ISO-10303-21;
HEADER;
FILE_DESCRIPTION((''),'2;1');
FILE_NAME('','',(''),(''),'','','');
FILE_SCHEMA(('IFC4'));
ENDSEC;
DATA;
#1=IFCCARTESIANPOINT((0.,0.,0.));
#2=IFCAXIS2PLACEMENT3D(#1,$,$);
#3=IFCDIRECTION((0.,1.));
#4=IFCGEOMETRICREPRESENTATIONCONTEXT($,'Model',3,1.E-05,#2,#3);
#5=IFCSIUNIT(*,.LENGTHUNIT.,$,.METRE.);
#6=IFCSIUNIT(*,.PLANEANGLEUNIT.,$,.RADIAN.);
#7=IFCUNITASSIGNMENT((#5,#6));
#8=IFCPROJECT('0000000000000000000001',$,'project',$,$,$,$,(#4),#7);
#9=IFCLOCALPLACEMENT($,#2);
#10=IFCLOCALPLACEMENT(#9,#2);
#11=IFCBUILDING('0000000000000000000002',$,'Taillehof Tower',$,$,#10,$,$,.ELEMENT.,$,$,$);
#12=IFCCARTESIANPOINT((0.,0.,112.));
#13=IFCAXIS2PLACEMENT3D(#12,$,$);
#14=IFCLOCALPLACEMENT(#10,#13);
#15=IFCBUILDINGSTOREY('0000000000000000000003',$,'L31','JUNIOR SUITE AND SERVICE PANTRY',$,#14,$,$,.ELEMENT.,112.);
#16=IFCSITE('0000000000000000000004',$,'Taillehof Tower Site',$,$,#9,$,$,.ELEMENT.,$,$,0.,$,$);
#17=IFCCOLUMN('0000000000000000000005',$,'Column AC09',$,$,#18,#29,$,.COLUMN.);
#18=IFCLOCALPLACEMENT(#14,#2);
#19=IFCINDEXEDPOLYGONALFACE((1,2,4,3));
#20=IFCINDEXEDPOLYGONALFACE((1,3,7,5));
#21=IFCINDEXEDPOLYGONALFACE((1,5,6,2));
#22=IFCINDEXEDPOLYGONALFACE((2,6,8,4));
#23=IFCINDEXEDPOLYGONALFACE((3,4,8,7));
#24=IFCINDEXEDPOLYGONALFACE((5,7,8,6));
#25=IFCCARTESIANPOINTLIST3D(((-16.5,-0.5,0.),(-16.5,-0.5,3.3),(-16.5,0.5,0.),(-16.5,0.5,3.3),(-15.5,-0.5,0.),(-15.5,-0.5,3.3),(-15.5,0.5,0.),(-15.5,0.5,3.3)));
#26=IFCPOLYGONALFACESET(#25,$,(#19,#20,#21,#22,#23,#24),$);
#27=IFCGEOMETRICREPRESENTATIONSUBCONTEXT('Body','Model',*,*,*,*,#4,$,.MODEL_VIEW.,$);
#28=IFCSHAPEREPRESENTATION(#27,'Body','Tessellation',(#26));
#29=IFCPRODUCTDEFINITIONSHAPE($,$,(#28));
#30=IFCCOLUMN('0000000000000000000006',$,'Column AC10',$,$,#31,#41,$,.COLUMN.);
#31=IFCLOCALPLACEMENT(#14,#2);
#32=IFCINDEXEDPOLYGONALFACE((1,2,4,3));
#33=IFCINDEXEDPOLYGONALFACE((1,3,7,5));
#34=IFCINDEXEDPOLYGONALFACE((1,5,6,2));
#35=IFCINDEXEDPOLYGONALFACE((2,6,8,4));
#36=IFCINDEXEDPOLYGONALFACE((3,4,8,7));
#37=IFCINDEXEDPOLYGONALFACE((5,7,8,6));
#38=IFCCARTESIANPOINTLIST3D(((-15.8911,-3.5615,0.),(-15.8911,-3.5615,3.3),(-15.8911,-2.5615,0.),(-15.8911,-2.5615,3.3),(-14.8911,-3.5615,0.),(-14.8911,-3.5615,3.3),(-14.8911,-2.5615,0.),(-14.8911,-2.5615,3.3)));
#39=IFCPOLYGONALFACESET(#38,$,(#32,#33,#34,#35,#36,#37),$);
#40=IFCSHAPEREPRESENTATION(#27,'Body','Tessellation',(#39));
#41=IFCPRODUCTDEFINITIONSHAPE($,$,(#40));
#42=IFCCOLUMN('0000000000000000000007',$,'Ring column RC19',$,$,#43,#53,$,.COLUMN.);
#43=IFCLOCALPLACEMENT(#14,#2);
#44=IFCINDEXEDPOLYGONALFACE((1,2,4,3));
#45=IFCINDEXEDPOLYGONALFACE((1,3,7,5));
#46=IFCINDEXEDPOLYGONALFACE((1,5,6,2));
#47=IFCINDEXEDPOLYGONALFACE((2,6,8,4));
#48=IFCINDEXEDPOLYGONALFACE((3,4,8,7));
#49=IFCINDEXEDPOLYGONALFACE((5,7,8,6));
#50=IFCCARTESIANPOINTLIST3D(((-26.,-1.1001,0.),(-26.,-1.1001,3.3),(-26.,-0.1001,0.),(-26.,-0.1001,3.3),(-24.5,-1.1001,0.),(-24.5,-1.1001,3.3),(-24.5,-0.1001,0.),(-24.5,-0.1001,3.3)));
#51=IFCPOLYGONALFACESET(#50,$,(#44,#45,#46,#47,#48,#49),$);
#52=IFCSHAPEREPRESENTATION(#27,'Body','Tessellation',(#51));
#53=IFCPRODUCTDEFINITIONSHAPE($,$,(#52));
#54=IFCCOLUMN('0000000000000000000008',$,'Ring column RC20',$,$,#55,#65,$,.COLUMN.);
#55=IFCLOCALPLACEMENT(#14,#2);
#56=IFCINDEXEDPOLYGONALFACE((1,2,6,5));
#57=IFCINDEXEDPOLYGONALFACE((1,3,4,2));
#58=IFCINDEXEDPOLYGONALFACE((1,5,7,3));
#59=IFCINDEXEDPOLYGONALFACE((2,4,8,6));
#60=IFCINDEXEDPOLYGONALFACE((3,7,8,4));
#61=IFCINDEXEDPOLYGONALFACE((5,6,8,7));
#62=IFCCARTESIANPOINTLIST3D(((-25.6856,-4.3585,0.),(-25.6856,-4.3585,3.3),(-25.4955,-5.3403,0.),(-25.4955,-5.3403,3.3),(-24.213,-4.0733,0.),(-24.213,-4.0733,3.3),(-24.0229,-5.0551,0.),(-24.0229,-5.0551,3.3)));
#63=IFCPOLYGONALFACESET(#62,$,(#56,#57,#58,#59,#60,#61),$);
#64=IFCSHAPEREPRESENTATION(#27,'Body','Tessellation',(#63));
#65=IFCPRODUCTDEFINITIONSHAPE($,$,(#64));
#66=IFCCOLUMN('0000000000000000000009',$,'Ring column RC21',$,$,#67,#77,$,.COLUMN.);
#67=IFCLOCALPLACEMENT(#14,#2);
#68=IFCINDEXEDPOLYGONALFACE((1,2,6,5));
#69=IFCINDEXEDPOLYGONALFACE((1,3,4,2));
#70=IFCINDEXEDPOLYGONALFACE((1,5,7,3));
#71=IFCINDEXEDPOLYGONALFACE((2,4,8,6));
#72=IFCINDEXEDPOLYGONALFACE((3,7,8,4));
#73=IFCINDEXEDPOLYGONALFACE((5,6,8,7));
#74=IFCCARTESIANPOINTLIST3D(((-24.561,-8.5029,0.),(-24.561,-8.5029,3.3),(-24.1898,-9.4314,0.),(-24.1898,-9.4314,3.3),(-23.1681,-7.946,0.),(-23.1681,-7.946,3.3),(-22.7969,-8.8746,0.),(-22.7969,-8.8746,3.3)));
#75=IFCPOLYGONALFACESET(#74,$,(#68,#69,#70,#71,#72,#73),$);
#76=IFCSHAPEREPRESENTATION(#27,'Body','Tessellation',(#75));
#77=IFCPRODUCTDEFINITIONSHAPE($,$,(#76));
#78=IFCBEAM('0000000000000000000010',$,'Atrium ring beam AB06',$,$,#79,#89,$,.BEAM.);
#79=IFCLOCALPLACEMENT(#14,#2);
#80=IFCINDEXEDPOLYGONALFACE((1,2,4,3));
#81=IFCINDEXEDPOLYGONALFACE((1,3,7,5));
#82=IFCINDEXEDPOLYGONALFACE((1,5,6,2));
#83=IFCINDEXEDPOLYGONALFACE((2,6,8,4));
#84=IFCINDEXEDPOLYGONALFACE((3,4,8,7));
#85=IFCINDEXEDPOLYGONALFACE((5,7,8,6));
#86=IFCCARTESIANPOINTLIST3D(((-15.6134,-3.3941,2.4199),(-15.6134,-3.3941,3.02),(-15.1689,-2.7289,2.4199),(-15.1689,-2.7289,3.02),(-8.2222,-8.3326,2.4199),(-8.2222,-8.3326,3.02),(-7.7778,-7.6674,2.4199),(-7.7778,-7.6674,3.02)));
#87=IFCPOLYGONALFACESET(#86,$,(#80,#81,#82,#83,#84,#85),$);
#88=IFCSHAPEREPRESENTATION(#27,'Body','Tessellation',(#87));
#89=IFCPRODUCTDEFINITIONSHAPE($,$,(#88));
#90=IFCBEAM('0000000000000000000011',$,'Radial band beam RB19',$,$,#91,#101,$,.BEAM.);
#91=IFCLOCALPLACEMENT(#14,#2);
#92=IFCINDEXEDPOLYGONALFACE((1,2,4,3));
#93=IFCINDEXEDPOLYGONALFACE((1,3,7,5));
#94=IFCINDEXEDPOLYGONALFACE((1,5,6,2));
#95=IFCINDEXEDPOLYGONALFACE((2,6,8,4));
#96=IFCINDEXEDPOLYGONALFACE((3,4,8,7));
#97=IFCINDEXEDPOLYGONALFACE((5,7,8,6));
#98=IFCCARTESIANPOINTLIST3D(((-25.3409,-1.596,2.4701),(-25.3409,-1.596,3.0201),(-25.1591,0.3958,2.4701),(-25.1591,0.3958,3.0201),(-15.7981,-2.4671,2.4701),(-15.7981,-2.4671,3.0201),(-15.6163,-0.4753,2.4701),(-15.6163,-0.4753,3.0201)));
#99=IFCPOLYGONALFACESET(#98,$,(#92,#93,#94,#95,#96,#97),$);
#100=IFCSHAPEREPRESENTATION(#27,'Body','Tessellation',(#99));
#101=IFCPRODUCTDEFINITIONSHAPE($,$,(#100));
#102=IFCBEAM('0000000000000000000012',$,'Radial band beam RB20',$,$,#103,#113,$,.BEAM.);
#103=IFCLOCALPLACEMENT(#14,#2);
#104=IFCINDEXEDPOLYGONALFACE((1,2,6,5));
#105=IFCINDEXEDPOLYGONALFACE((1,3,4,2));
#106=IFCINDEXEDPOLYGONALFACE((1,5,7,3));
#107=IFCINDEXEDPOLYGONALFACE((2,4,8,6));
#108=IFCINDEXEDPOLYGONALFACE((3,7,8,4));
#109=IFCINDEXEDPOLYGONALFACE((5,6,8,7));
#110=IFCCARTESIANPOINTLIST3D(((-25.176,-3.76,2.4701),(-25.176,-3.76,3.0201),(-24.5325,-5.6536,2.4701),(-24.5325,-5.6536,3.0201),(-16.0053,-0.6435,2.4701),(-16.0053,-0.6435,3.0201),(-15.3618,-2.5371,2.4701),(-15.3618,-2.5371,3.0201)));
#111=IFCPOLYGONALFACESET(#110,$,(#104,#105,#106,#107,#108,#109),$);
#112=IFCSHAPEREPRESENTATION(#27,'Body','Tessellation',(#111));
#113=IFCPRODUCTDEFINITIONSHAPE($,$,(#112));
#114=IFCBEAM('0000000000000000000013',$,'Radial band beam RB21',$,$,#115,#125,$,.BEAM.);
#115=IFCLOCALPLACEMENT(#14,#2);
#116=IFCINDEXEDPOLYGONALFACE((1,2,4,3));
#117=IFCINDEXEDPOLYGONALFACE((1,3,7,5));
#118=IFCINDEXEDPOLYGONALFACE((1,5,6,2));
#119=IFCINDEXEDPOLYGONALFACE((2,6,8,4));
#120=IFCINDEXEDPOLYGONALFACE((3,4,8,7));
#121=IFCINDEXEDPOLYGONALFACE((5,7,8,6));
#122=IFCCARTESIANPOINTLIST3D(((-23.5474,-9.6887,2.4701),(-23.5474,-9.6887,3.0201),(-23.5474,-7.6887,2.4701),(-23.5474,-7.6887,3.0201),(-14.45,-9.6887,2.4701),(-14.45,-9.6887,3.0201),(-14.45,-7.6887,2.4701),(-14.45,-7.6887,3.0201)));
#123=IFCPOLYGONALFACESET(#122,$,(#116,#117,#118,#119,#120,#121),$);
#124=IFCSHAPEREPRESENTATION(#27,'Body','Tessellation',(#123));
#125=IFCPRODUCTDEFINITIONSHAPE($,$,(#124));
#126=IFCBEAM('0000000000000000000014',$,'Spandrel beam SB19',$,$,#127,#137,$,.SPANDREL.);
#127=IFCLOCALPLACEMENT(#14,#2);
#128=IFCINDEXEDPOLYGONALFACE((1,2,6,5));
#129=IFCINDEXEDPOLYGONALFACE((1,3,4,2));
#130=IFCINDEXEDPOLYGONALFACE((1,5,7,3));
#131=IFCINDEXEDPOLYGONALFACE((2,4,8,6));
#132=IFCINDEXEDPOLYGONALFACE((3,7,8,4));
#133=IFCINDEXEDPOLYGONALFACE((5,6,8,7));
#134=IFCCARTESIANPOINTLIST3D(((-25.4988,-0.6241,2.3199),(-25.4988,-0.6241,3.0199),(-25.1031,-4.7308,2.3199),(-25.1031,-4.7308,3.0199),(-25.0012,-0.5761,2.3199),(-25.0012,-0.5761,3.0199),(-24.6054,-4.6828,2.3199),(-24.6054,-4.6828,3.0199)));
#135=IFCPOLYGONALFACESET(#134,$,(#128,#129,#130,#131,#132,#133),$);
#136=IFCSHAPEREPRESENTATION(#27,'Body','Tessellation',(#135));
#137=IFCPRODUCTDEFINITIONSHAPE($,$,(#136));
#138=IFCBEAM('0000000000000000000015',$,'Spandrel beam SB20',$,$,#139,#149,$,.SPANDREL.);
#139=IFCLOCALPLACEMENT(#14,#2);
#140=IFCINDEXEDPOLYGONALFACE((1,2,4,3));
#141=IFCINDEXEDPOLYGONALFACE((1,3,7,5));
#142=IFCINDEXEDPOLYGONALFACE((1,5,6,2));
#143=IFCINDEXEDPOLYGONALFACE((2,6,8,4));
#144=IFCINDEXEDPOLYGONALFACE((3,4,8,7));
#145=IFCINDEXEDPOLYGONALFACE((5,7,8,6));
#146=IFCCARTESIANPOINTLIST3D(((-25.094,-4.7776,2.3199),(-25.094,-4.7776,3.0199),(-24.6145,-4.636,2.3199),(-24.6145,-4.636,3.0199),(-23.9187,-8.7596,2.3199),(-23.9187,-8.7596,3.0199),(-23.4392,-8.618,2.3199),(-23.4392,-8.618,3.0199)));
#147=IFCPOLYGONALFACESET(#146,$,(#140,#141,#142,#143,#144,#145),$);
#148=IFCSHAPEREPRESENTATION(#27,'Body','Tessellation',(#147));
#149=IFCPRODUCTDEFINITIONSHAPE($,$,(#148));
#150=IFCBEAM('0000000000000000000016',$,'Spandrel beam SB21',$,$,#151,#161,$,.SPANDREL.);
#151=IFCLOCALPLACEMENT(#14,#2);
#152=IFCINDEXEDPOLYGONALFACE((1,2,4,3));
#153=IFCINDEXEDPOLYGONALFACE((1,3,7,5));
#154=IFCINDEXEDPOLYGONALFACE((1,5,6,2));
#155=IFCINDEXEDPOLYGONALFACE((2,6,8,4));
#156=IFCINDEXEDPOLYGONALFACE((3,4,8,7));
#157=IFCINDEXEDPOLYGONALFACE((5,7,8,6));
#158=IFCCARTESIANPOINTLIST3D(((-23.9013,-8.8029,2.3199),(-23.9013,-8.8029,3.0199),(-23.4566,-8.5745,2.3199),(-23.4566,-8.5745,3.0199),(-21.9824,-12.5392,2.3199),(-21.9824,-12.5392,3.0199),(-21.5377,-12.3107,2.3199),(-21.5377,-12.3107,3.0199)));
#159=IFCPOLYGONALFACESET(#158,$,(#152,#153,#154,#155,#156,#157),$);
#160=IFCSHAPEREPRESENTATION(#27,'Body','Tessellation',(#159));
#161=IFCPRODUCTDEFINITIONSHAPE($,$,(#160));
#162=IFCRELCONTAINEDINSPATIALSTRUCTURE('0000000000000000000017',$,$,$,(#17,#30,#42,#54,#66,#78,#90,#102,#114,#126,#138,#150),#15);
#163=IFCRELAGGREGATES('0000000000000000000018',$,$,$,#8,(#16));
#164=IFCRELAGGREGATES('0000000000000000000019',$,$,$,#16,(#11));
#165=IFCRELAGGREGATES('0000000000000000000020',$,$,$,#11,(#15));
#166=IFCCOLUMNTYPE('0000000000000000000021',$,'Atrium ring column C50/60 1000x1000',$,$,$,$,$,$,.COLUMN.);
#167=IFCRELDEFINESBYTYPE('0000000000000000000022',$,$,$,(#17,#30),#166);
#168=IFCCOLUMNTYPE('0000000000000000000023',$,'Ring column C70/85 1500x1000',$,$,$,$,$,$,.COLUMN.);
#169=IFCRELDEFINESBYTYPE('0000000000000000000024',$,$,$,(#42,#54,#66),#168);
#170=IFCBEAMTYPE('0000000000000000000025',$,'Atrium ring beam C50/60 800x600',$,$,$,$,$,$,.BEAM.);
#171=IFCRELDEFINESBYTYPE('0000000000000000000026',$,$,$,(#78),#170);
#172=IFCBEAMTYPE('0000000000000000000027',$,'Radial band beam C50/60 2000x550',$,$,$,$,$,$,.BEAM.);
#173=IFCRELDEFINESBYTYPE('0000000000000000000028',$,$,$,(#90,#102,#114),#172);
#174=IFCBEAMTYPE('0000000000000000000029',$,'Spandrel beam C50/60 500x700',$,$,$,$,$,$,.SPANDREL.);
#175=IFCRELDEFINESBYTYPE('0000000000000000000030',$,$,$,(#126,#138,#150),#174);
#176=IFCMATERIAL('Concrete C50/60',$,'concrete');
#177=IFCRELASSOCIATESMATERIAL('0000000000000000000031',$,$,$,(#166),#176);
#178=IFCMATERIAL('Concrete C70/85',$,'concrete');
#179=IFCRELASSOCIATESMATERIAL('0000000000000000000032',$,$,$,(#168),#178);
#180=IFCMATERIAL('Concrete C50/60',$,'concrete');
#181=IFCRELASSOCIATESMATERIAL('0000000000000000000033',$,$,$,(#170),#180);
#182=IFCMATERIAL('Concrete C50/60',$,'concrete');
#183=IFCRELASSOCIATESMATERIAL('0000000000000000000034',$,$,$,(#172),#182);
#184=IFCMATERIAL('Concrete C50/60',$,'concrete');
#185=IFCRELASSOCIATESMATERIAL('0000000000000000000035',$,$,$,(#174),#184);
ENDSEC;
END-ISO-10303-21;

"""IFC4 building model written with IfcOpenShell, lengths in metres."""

from ifc_helpers import new_model, si_unit, direction, frame, origin, origin_2d, place, context, subcontext, project, spatial, rectangle, extrude, material, material_profile, profile_set, type_object, element, save


model = new_model("IFC4")

# Units and contexts
model_context = context("Model", 3, precision=1e-05, world=origin(), true_north=direction((0.0, 1.0)))
body_context = subcontext(model_context, "Body", "Model", "MODEL_VIEW")
ifc_project = project(units=[si_unit("LENGTHUNIT", "METRE"), si_unit("PLANEANGLEUNIT", "RADIAN")], contexts=[model_context])

# Site, building, storey
site_placement = place(None, origin())
site = spatial("IfcSite", under=ifc_project, at=site_placement, Name="Taillehof Tower Site", CompositionType="ELEMENT", RefElevation=0.0)
building_placement = place(site_placement, origin())
building = spatial("IfcBuilding", under=site, at=building_placement, Name="Taillehof Tower", CompositionType="ELEMENT")
storey_placement = place(building_placement, frame((0.0, 0.0, 112.0)))
storey = spatial("IfcBuildingStorey", under=building, at=storey_placement, Name="L31", Description="JUNIOR SUITE AND SERVICE PANTRY", CompositionType="ELEMENT", Elevation=112.0)

# Columns
ifc_material_1 = material(Name="Concrete C50/60", Category="concrete")
ifc_material_profile_1 = material_profile(ifc_material_1, rectangle(XDim=1.0, YDim=1.0, at=origin_2d()), Name="RC 1000x1000")
ifc_profile_set_1 = profile_set([ifc_material_profile_1], Name="Concrete C50/60")
column_type_1 = type_object("IfcColumnType", Name="Atrium ring column C50/60 1000x1000", PredefinedType="COLUMN", material=ifc_profile_set_1)
for number, where, z_axis, x_axis, name in (
    (1, (-16.0, 0.0, 0.0), (0.0, 0.0, 1.0), (1.0, 0.0, 0.0), "Column AC09"),
    (2, (-15.3911, -3.0615, 0.0), (0.0, 0.0, 1.0), (1.0, 0.0, 0.0), "Column AC10"),
):
    element("IfcColumn", number, at=place(storey_placement, frame(where, z_axis=z_axis, x_axis=x_axis)), inside=storey, type_object=column_type_1, Name=name, PredefinedType="COLUMN", context=body_context, shape_type="SweptSolid", body=[
        extrude(rectangle(XDim=1.0, YDim=1.0, at=origin_2d()), origin(), (0.0, 0.0, 1.0), 3.3),
    ])
ifc_material_2 = material(Name="Concrete C70/85", Category="concrete")
ifc_material_profile_2 = material_profile(ifc_material_2, rectangle(XDim=1.5, YDim=1.0, at=origin_2d()), Name="RC 1500x1000")
ifc_profile_set_2 = profile_set([ifc_material_profile_2], Name="Concrete C70/85")
column_type_2 = type_object("IfcColumnType", Name="Ring column C70/85 1500x1000", PredefinedType="COLUMN", material=ifc_profile_set_2)
for number, where, z_axis, x_axis, name in (
    (3, (-25.25, -0.6001, 0.0), (0.0, 0.0, 1.0), (-1.0, 0.0, 0.0), "Ring column RC19"),
    (4, (-24.8542, -4.7068, 0.0), (0.0, 0.0, 1.0), (-0.981757, -0.190138, 0.0), "Ring column RC20"),
    (5, (-23.679, -8.6887, 0.0), (0.0, 0.0, 1.0), (-0.92855, -0.371207, 0.0), "Ring column RC21"),
):
    element("IfcColumn", number, at=place(storey_placement, frame(where, z_axis=z_axis, x_axis=x_axis)), inside=storey, type_object=column_type_2, Name=name, PredefinedType="COLUMN", context=body_context, shape_type="SweptSolid", body=[
        extrude(rectangle(XDim=1.5, YDim=1.0, at=origin_2d()), origin(), (0.0, 0.0, 1.0), 3.3),
    ])

# Beams
ifc_material_3 = material(Name="Concrete C50/60", Category="concrete")
ifc_material_profile_3 = material_profile(ifc_material_3, rectangle(XDim=0.8, YDim=0.6001, at=origin_2d()), Name="RC 800x600")
ifc_profile_set_3 = profile_set([ifc_material_profile_3], Name="Concrete C50/60")
beam_type_1 = type_object("IfcBeamType", Name="Atrium ring beam C50/60 800x600", PredefinedType="BEAM", material=ifc_profile_set_3)
beam_1_placement = place(storey_placement, frame((-15.3911, -3.0615, 2.72), z_axis=(0.831475, -0.555562, 0.0), x_axis=(0.555562, 0.831475, 0.0)))
element("IfcBeam", 6, at=beam_1_placement, inside=storey, type_object=beam_type_1, Name="Atrium ring beam AB06", PredefinedType="BEAM", context=body_context, shape_type="SweptSolid", body=[
    extrude(rectangle(XDim=0.8, YDim=0.6001, at=origin_2d()), origin(), (0.0, 0.0, 1.0), 8.8892),
])
ifc_material_4 = material(Name="Concrete C50/60", Category="concrete")
ifc_material_profile_4 = material_profile(ifc_material_4, rectangle(XDim=2.0, YDim=0.55, at=origin_2d()), Name="RC 2000x550")
ifc_profile_set_4 = profile_set([ifc_material_profile_4], Name="Concrete C50/60")
beam_type_2 = type_object("IfcBeamType", Name="Radial band beam C50/60 2000x550", PredefinedType="BEAM", material=ifc_profile_set_4)
beam_2_placement = place(storey_placement, frame((-25.25, -0.6001, 2.7451), z_axis=(0.99586, -0.090906, 0.0), x_axis=(0.090906, 0.99586, 0.0)))
element("IfcBeam", 7, at=beam_2_placement, inside=storey, type_object=beam_type_2, Name="Radial band beam RB19", PredefinedType="BEAM", context=body_context, shape_type="SweptSolid", body=[
    extrude(rectangle(XDim=2.0, YDim=0.55, at=origin_2d()), origin(), (0.0, 0.0, 1.0), 9.5825),
])
beam_3_placement = place(storey_placement, frame((-24.8542, -4.7068, 2.7451), z_axis=(0.946822, 0.321758, 0.0), x_axis=(-0.321758, 0.946822, 0.0)))
element("IfcBeam", 8, at=beam_3_placement, inside=storey, type_object=beam_type_2, Name="Radial band beam RB20", PredefinedType="BEAM", context=body_context, shape_type="SweptSolid", body=[
    extrude(rectangle(XDim=2.0, YDim=0.55, at=origin_2d()), origin(), (0.0, 0.0, 1.0), 9.6858),
])
beam_4_placement = place(storey_placement, frame((-23.5474, -8.6887, 2.7451), z_axis=(1.0, 0.0, 0.0), x_axis=(0.0, 1.0, 0.0)))
element("IfcBeam", 9, at=beam_4_placement, inside=storey, type_object=beam_type_2, Name="Radial band beam RB21", PredefinedType="BEAM", context=body_context, shape_type="SweptSolid", body=[
    extrude(rectangle(XDim=2.0, YDim=0.55, at=origin_2d()), origin(), (0.0, 0.0, 1.0), 9.0974),
])
ifc_material_5 = material(Name="Concrete C50/60", Category="concrete")
ifc_material_profile_5 = material_profile(ifc_material_5, rectangle(XDim=0.5, YDim=0.7, at=origin_2d()), Name="RC 500x700")
ifc_profile_set_5 = profile_set([ifc_material_profile_5], Name="Concrete C50/60")
beam_type_3 = type_object("IfcBeamType", Name="Spandrel beam C50/60 500x700", PredefinedType="SPANDREL", material=ifc_profile_set_5)
beam_5_placement = place(storey_placement, frame((-25.25, -0.6001, 2.6699), z_axis=(0.095923, -0.995389, 0.0), x_axis=(0.995389, 0.095923, 0.0)))
element("IfcBeam", 10, at=beam_5_placement, inside=storey, type_object=beam_type_3, Name="Spandrel beam SB19", PredefinedType="SPANDREL", context=body_context, shape_type="SweptSolid", body=[
    extrude(rectangle(XDim=0.5, YDim=0.7, at=origin_2d()), origin(), (0.0, 0.0, 1.0), 4.1257),
])
beam_6_placement = place(storey_placement, frame((-24.8542, -4.7068, 2.6699), z_axis=(0.283083, -0.959095, 0.0), x_axis=(0.959095, 0.283083, 0.0)))
element("IfcBeam", 11, at=beam_6_placement, inside=storey, type_object=beam_type_3, Name="Spandrel beam SB20", PredefinedType="SPANDREL", context=body_context, shape_type="SweptSolid", body=[
    extrude(rectangle(XDim=0.5, YDim=0.7, at=origin_2d()), origin(), (0.0, 0.0, 1.0), 4.1519),
])
beam_7_placement = place(storey_placement, frame((-23.679, -8.6887, 2.6699), z_axis=(0.456859, -0.889539, 0.0), x_axis=(0.889539, 0.456859, 0.0)))
element("IfcBeam", 12, at=beam_7_placement, inside=storey, type_object=beam_type_3, Name="Spandrel beam SB21", PredefinedType="SPANDREL", context=body_context, shape_type="SweptSolid", body=[
    extrude(rectangle(XDim=0.5, YDim=0.7, at=origin_2d()), origin(), (0.0, 0.0, 1.0), 4.2002),
])

save(model, "model.ifc")
